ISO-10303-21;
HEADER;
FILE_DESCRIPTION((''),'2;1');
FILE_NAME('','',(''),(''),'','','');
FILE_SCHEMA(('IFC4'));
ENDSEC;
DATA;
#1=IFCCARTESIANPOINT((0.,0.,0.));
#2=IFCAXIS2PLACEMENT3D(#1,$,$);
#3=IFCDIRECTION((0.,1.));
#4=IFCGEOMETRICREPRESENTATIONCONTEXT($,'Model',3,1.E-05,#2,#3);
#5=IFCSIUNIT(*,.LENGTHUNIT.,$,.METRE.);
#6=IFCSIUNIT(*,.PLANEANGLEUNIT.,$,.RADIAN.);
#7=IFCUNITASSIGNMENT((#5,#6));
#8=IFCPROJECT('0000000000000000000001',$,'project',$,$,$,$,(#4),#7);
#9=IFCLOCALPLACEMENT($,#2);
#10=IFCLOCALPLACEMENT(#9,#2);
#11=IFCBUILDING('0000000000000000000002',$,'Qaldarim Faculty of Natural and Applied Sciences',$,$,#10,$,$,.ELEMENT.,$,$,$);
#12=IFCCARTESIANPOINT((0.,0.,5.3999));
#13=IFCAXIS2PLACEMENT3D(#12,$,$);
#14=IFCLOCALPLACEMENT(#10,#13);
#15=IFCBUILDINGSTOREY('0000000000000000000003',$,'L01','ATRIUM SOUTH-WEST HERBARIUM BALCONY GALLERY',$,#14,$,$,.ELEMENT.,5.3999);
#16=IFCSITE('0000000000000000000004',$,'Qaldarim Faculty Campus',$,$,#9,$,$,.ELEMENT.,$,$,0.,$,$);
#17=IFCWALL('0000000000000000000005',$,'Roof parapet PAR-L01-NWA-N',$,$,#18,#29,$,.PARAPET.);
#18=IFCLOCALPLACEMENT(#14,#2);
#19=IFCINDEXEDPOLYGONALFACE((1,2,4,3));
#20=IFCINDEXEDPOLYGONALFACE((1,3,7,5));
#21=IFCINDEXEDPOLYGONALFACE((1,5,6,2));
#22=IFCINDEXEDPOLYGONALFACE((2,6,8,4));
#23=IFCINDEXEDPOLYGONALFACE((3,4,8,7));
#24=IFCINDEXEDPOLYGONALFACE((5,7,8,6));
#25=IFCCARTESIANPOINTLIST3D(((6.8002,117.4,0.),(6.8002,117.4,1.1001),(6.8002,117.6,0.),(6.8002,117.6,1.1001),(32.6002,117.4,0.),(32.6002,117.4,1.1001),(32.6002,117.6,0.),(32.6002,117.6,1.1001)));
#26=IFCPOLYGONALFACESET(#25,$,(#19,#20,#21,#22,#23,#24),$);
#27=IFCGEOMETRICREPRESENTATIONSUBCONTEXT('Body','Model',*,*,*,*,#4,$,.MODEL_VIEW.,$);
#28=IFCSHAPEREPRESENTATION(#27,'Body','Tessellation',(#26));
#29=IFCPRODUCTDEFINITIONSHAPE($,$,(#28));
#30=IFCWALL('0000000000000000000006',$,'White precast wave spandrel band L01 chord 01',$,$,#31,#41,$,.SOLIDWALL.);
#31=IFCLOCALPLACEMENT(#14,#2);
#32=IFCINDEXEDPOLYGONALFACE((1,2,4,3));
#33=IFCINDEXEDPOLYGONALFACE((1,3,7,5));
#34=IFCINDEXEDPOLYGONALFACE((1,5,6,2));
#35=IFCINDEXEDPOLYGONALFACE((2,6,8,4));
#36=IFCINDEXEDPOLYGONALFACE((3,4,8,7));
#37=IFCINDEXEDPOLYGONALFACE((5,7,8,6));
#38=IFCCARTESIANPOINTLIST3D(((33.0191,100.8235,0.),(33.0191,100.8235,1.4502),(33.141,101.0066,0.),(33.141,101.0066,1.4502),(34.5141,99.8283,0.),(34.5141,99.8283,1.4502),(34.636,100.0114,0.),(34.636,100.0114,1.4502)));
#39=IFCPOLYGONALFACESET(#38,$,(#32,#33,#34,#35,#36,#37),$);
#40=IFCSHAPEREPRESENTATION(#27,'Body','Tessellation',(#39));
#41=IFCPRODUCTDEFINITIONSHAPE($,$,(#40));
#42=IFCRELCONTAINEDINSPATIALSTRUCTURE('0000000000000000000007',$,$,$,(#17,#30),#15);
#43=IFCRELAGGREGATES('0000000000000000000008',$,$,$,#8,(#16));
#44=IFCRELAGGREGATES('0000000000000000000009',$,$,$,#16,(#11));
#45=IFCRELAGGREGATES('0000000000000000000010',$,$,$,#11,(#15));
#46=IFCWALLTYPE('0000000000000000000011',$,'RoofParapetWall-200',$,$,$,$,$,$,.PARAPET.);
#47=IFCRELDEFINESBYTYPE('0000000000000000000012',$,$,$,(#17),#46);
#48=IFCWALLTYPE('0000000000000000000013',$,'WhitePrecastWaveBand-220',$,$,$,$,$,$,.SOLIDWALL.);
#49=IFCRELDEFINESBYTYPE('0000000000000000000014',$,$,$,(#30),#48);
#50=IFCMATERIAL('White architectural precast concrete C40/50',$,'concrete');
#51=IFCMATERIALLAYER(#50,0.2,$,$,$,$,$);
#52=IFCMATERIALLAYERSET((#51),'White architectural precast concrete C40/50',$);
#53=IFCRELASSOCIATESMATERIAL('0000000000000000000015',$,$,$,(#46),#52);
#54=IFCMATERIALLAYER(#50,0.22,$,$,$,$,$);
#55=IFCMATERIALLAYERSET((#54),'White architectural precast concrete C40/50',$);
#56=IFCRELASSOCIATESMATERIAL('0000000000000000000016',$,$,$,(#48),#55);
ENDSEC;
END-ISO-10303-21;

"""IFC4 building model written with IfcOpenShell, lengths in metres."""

from ifc_helpers import new_model, si_unit, direction, frame, frame_2d, origin, place, context, subcontext, project, spatial, rectangle, extrude, material, layer, layer_set, type_object, element, save


model = new_model("IFC4")

# Units and contexts
model_context = context("Model", 3, precision=1e-05, world=origin(), true_north=direction((0.0, 1.0)))
body_context = subcontext(model_context, "Body", "Model", "MODEL_VIEW")
ifc_project = project(units=[si_unit("LENGTHUNIT", "METRE"), si_unit("PLANEANGLEUNIT", "RADIAN")], contexts=[model_context])

# Site, building, storey
site_placement = place(None, origin())
site = spatial("IfcSite", under=ifc_project, at=site_placement, Name="Qaldarim Faculty Campus", CompositionType="ELEMENT", RefElevation=0.0)
building_placement = place(site_placement, origin())
building = spatial("IfcBuilding", under=site, at=building_placement, Name="Qaldarim Faculty of Natural and Applied Sciences", CompositionType="ELEMENT")
storey_placement = place(building_placement, frame((0.0, 0.0, 5.3999)))
storey = spatial("IfcBuildingStorey", under=building, at=storey_placement, Name="L01", Description="ATRIUM SOUTH-WEST HERBARIUM BALCONY GALLERY", CompositionType="ELEMENT", Elevation=5.3999)

# Walls
ifc_material_1 = material(Name="White architectural precast concrete C40/50", Category="concrete")
ifc_layer_1 = layer(ifc_material_1, 0.2)
ifc_layer_set_1 = layer_set([ifc_layer_1], Name="White architectural precast concrete C40/50")
wall_type_1 = type_object("IfcWallType", Name="RoofParapetWall-200", PredefinedType="PARAPET", material=ifc_layer_set_1)
wall_1_placement = place(storey_placement, frame((32.6001, 117.5, 0.0), z_axis=(0.0, 0.0, 1.0), x_axis=(-1.0, 0.0, 0.0)))
element("IfcWall", 1, at=wall_1_placement, inside=storey, type_object=wall_type_1, Name="Roof parapet PAR-L01-NWA-N", PredefinedType="PARAPET", context=body_context, shape_type="SweptSolid", body=[
    extrude(rectangle(XDim=25.8, YDim=0.2, at=frame_2d((12.8999, 0.0))), origin(), (0.0, 0.0, 1.0), 1.1001),
])
ifc_layer_2 = layer(ifc_material_1, 0.22)
ifc_layer_set_2 = layer_set([ifc_layer_2], Name="White architectural precast concrete C40/50")
wall_type_2 = type_object("IfcWallType", Name="WhitePrecastWaveBand-220", PredefinedType="SOLIDWALL", material=ifc_layer_set_2)
wall_2_placement = place(storey_placement, frame((33.0801, 100.915, 0.0), z_axis=(0.0, 0.0, 1.0), x_axis=(0.832427, -0.554135, 0.0)))
element("IfcWall", 2, at=wall_2_placement, inside=storey, type_object=wall_type_2, Name="White precast wave spandrel band L01 chord 01", PredefinedType="SOLIDWALL", context=body_context, shape_type="SweptSolid", body=[
    extrude(rectangle(XDim=1.7959, YDim=0.22, at=frame_2d((0.8979, 0.0))), origin(), (0.0, 0.0, 1.0), 1.4502),
])

save(model, "model.ifc")
